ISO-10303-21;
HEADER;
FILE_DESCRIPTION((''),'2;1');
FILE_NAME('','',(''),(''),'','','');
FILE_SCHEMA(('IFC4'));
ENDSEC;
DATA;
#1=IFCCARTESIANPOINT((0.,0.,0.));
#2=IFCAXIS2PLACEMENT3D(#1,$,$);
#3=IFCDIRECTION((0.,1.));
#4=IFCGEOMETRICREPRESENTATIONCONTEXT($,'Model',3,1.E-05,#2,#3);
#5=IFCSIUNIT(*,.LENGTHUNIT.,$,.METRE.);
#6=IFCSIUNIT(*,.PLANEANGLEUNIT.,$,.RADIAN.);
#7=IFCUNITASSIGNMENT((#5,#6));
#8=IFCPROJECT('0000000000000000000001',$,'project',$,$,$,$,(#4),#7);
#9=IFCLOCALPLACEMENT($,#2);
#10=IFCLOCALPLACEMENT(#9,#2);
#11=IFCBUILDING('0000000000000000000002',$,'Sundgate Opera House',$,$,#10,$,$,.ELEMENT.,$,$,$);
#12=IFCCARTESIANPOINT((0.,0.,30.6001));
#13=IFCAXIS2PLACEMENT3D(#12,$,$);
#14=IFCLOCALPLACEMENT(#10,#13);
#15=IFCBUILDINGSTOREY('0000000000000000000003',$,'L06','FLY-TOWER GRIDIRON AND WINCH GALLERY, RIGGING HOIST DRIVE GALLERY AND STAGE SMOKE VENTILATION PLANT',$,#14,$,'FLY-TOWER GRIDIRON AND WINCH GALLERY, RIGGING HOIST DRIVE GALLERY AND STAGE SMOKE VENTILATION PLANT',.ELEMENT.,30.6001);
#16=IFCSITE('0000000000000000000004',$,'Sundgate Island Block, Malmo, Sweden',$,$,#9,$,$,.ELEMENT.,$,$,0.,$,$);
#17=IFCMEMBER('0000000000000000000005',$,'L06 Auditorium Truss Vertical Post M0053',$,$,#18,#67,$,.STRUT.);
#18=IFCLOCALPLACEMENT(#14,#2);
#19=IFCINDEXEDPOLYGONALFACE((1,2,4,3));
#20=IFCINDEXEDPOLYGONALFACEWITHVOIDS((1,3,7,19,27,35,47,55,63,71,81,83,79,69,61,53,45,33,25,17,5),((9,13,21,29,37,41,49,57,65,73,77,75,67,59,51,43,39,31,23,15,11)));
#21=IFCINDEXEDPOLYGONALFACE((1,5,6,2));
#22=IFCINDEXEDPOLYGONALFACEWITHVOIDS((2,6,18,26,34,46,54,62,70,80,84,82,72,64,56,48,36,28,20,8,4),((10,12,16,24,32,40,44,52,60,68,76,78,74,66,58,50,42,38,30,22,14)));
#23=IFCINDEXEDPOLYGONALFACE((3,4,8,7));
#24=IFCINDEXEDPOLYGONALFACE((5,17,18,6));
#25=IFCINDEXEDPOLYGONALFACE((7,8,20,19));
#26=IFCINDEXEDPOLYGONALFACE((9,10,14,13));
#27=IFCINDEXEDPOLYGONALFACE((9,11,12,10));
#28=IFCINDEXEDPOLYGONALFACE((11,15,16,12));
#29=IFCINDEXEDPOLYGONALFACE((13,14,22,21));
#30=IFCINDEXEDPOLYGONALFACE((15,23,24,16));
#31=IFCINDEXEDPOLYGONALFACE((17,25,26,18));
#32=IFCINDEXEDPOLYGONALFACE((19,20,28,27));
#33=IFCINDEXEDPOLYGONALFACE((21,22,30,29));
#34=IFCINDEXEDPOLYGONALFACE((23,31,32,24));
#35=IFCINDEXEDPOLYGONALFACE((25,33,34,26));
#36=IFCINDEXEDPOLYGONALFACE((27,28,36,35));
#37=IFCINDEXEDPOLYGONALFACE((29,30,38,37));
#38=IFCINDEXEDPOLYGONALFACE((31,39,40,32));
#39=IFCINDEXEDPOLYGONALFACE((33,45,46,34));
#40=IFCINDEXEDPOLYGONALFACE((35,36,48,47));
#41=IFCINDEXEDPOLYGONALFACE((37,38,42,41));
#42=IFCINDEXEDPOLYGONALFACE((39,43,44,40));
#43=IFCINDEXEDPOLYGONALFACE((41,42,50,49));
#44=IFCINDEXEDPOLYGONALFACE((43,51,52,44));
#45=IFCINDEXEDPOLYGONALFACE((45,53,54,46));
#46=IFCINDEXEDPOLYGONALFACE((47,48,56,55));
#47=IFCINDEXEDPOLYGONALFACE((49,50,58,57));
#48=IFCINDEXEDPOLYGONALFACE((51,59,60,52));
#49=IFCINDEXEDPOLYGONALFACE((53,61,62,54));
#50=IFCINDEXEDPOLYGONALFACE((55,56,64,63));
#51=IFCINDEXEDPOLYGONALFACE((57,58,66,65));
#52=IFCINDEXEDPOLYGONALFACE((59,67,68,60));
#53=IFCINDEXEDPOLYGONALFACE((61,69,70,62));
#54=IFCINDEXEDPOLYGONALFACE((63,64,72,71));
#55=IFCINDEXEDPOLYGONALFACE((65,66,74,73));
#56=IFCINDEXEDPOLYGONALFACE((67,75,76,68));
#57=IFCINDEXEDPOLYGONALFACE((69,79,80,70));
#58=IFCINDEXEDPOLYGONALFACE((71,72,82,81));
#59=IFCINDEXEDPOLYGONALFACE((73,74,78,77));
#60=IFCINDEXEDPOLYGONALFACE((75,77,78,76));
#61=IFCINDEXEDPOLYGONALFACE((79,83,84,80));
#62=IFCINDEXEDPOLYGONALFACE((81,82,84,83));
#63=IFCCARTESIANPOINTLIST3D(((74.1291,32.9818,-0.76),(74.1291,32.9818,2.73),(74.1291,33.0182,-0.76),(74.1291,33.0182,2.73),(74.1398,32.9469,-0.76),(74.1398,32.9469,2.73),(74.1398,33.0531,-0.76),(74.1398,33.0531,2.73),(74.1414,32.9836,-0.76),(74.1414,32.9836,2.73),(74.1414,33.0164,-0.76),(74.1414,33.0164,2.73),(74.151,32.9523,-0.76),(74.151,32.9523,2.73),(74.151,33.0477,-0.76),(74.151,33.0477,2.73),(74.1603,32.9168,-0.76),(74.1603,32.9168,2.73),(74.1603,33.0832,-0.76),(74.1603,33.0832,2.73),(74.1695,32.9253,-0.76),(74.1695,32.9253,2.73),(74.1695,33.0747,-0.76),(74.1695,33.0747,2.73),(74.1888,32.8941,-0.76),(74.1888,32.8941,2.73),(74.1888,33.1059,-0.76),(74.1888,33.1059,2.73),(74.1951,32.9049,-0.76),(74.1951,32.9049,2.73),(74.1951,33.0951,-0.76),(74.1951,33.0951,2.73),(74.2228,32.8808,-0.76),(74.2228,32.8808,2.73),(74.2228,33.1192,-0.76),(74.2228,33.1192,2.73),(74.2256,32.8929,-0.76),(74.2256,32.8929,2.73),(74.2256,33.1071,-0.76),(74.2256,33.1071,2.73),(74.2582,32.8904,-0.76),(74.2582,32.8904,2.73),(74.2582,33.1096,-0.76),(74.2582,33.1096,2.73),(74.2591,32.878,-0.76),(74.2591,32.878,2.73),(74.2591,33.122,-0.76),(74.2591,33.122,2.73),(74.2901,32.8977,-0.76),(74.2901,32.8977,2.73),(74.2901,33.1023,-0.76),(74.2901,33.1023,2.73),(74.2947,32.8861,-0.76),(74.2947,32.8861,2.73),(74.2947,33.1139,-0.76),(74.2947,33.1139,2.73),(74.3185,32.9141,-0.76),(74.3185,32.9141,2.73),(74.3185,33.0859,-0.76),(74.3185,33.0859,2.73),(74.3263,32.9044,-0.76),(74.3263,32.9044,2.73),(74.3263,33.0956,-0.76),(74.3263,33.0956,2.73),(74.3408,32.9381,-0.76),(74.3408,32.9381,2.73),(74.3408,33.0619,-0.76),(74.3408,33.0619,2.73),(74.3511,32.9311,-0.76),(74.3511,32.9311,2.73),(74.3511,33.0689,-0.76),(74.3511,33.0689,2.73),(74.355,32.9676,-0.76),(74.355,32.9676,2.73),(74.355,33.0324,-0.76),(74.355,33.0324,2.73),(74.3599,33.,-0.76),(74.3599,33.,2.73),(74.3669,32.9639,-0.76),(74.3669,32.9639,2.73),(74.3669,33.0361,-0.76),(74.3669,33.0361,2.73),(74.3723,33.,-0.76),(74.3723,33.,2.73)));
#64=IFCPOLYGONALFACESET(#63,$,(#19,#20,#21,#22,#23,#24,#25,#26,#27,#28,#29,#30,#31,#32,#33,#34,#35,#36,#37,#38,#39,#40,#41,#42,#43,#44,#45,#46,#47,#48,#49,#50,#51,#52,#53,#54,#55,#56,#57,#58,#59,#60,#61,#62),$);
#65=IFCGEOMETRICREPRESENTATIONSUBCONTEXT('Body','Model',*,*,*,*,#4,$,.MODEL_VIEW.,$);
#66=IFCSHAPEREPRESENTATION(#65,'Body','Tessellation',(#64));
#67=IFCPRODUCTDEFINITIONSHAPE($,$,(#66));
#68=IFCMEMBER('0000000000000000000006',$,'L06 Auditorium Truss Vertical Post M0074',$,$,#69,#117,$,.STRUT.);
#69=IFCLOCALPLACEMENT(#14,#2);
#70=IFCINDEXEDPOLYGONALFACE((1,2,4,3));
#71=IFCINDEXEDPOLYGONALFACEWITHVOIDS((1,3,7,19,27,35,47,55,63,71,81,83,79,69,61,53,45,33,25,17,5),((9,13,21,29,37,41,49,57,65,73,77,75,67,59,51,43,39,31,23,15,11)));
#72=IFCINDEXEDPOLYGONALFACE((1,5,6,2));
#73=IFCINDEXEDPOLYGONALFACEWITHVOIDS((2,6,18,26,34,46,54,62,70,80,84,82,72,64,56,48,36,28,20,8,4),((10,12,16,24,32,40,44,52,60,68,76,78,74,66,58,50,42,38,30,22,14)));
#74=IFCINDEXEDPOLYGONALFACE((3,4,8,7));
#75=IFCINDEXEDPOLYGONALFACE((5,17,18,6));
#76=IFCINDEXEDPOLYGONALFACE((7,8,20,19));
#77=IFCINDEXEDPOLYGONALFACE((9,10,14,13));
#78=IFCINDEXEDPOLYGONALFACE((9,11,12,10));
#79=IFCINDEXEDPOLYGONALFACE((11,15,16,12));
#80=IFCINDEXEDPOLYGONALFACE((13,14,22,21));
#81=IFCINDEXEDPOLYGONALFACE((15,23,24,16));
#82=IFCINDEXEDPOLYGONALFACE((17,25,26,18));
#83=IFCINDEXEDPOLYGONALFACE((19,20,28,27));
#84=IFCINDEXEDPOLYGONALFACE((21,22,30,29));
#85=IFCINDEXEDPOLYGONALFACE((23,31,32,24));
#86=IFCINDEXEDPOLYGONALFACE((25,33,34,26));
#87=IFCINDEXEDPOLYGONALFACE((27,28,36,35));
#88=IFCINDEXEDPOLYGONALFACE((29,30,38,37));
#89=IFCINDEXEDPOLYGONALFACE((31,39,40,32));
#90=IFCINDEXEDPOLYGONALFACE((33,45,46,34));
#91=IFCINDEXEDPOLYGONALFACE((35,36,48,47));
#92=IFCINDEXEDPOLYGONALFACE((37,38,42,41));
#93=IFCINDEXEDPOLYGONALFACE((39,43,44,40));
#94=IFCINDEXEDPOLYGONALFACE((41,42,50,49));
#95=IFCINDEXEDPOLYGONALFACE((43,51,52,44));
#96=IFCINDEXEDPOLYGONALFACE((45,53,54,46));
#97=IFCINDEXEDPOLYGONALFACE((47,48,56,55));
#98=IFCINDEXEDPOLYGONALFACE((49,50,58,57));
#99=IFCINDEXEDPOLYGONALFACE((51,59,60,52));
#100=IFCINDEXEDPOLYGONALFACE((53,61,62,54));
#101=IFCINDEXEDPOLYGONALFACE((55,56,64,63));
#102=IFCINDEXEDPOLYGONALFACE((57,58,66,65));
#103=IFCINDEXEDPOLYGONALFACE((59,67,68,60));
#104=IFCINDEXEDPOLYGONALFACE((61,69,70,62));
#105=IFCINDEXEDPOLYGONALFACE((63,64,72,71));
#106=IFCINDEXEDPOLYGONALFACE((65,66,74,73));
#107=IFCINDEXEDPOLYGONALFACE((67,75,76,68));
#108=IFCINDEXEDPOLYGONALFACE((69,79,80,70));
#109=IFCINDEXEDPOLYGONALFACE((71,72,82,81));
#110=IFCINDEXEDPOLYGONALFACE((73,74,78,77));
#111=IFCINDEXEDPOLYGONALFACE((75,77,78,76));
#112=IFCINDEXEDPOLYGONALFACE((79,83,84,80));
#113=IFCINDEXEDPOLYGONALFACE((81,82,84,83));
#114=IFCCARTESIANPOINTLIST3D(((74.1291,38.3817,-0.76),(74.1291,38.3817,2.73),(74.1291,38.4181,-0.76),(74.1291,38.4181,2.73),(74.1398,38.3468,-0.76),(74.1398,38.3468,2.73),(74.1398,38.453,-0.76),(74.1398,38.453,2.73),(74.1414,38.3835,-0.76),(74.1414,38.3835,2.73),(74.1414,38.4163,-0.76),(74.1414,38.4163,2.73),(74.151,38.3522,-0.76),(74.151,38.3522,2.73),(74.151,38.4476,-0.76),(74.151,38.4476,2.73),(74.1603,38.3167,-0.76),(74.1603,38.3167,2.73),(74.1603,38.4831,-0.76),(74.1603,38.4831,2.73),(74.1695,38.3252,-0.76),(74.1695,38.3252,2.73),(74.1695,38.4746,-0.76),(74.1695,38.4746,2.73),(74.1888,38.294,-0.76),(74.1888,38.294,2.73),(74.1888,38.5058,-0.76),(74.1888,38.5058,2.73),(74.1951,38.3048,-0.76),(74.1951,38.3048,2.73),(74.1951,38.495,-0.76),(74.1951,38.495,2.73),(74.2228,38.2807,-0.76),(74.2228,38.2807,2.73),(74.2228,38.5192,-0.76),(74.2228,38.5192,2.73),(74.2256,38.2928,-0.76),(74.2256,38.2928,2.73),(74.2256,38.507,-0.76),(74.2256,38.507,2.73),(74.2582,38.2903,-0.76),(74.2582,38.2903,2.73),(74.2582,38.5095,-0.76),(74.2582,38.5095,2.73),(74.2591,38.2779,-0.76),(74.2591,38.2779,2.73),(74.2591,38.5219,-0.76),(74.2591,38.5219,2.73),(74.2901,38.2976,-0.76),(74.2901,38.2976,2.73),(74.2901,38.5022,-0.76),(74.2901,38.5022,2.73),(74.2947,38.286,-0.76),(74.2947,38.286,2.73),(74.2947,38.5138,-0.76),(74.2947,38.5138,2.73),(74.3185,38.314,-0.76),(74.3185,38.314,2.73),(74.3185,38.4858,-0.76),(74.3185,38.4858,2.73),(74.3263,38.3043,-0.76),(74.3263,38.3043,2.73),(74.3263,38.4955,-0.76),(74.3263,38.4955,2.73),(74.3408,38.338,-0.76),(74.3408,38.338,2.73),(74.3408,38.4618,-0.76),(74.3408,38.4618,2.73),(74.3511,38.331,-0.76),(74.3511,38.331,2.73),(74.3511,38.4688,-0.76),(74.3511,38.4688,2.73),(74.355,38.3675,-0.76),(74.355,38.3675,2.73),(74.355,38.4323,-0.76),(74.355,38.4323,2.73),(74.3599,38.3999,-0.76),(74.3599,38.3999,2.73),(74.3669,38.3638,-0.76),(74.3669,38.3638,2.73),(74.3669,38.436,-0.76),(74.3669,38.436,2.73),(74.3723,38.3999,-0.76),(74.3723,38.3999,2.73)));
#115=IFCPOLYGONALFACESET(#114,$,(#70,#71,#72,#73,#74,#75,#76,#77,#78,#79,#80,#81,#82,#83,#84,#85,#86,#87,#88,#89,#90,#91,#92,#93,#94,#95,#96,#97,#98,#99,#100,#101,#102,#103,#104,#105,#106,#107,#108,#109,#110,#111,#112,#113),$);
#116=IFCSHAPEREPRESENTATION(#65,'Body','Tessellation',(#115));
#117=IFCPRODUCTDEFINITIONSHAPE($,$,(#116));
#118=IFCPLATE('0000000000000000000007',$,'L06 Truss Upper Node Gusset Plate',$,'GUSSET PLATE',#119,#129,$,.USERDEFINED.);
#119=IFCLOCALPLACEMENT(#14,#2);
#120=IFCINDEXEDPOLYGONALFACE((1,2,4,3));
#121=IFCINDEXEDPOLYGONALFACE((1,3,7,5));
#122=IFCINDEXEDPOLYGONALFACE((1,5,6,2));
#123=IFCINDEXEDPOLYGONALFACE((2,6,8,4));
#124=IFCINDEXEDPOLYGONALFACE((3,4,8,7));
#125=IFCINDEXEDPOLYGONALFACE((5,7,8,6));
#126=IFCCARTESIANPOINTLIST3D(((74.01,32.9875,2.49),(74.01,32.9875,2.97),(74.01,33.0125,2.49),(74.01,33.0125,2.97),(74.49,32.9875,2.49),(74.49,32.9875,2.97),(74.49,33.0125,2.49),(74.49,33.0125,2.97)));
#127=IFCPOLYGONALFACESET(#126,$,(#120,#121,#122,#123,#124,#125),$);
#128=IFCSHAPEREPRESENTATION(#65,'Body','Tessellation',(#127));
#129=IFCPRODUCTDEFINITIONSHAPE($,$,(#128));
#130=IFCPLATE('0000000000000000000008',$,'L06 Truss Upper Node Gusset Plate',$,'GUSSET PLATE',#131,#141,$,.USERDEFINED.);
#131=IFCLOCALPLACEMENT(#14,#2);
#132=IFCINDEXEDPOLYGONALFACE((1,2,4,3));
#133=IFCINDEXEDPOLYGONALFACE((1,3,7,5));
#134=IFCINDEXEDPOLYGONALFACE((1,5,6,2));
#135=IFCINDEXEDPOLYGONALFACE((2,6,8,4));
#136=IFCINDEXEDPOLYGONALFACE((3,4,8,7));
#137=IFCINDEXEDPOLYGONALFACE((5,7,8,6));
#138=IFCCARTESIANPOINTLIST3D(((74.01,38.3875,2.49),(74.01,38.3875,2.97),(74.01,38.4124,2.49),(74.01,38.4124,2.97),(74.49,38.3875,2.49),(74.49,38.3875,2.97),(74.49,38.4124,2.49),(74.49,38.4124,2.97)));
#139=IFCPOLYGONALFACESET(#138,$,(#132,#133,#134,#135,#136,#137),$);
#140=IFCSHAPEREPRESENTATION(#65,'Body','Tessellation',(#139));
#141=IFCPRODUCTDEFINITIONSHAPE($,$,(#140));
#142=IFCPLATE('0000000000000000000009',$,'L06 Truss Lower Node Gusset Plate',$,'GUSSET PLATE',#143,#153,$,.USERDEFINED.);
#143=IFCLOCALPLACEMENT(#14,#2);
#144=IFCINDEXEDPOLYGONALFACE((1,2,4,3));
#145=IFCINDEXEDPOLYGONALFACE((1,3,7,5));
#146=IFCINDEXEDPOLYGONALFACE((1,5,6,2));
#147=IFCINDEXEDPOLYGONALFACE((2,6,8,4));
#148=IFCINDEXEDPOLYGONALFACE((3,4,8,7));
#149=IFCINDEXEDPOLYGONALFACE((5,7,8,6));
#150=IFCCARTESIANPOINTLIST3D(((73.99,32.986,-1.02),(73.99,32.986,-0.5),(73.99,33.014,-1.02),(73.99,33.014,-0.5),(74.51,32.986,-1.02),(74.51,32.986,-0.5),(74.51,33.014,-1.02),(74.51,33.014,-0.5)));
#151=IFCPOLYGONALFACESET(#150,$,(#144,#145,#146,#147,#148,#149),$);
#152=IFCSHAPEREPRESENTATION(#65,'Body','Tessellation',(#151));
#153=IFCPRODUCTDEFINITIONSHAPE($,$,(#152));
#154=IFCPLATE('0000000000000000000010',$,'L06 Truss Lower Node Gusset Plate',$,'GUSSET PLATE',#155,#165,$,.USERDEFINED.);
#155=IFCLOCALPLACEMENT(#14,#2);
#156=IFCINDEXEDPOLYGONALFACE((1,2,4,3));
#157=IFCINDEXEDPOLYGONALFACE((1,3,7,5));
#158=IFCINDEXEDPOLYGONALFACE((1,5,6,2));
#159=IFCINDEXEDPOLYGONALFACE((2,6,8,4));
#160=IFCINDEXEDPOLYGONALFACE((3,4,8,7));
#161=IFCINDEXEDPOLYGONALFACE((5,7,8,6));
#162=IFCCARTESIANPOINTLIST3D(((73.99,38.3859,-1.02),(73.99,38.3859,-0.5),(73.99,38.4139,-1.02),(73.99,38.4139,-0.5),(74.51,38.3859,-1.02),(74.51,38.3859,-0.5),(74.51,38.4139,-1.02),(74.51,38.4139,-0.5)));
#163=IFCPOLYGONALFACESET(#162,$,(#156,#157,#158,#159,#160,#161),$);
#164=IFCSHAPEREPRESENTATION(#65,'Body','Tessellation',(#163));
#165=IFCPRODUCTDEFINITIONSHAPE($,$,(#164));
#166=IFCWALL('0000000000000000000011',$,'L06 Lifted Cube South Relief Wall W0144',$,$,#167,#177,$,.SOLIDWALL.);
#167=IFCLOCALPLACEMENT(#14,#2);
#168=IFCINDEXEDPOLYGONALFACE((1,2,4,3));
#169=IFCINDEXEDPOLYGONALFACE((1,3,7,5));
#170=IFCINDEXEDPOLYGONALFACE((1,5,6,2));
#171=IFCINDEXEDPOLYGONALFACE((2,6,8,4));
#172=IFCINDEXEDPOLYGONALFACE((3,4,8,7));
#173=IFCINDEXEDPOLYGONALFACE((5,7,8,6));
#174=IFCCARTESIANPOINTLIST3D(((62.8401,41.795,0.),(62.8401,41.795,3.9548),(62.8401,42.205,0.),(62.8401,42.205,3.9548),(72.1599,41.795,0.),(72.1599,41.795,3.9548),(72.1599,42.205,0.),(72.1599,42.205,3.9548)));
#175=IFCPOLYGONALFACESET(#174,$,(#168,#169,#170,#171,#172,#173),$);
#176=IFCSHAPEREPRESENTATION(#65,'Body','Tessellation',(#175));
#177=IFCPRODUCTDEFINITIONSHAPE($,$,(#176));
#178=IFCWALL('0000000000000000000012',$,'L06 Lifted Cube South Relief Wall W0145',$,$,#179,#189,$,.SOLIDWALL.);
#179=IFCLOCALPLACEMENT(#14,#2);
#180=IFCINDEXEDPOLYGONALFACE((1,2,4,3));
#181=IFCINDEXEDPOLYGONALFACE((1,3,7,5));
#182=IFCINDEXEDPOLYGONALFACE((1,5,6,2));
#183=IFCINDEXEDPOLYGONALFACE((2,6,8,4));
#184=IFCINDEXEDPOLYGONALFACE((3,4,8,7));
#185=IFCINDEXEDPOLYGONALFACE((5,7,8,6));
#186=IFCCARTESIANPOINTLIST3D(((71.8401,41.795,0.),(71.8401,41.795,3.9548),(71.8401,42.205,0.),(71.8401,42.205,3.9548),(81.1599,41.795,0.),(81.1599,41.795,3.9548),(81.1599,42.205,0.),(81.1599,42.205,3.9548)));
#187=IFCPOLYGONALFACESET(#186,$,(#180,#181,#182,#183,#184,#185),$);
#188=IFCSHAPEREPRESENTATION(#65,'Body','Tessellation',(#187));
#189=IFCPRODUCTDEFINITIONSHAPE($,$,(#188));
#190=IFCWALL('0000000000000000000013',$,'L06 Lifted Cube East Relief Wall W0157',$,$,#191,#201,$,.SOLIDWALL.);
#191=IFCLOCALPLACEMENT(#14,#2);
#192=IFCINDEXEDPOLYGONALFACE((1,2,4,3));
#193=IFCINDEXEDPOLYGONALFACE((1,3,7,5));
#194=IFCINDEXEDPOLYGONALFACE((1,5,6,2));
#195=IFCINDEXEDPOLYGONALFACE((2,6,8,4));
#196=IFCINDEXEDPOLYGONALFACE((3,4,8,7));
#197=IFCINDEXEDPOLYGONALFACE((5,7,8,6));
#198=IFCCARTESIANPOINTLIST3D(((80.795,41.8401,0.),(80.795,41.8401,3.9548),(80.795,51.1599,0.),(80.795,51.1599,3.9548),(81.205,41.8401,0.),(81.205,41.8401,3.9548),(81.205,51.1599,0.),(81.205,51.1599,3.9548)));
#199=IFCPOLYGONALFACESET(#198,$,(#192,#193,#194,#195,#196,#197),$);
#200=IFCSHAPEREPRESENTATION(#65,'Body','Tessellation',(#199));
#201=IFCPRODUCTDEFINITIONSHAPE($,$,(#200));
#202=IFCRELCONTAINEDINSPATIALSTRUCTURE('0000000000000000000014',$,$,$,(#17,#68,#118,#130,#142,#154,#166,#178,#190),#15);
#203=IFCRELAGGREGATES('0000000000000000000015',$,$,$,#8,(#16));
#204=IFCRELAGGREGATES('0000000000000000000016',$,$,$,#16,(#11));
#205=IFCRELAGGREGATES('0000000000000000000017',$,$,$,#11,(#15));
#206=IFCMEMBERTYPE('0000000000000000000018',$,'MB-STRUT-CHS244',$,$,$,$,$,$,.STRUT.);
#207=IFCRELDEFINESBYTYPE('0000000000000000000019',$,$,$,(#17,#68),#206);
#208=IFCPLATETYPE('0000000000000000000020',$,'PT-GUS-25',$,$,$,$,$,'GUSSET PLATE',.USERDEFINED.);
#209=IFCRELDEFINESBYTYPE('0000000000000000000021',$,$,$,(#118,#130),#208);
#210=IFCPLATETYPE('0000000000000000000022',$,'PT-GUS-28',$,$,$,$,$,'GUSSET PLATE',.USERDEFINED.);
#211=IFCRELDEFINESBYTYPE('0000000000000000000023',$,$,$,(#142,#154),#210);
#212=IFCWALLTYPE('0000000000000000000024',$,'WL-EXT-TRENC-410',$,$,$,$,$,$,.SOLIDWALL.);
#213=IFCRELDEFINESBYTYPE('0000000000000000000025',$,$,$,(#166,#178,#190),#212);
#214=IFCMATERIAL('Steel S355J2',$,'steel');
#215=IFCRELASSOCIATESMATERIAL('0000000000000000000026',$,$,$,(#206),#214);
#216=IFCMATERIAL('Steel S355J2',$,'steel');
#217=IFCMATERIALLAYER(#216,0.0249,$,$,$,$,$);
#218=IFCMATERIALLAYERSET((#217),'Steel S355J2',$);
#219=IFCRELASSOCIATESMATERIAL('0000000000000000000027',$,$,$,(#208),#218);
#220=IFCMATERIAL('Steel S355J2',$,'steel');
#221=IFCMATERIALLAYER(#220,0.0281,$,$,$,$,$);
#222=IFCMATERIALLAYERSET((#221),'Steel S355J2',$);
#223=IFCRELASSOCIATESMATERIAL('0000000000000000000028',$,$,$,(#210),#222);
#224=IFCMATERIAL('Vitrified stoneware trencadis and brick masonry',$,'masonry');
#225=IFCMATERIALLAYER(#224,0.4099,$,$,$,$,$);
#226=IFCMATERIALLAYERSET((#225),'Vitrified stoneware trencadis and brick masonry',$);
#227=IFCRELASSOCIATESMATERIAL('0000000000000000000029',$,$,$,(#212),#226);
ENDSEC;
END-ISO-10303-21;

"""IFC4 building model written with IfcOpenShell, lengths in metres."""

from ifc_helpers import new_model, si_unit, direction, frame, frame_2d, origin, origin_2d, place, context, subcontext, project, spatial, rectangle, hollow_circle, extrude, material, layer, layer_set, material_profile, profile_set, type_object, element, save


model = new_model("IFC4")

# Units and contexts
model_context = context("Model", 3, precision=1e-05, world=origin(), true_north=direction((0.0, 1.0)))
body_context = subcontext(model_context, "Body", "Model", "MODEL_VIEW")
ifc_project = project(units=[si_unit("LENGTHUNIT", "METRE"), si_unit("PLANEANGLEUNIT", "RADIAN")], contexts=[model_context])

# Site, building, storey
site_placement = place(None, origin())
site = spatial("IfcSite", under=ifc_project, at=site_placement, Name="Sundgate Island Block, Malmo, Sweden", CompositionType="ELEMENT", RefElevation=0.0)
building_placement = place(site_placement, origin())
building = spatial("IfcBuilding", under=site, at=building_placement, Name="Sundgate Opera House", CompositionType="ELEMENT")
storey_placement = place(building_placement, frame((0.0, 0.0, 30.6001)))
storey = spatial("IfcBuildingStorey", under=building, at=storey_placement, Name="L06", Description="FLY-TOWER GRIDIRON AND WINCH GALLERY, RIGGING HOIST DRIVE GALLERY AND STAGE SMOKE VENTILATION PLANT", LongName="FLY-TOWER GRIDIRON AND WINCH GALLERY, RIGGING HOIST DRIVE GALLERY AND STAGE SMOKE VENTILATION PLANT", CompositionType="ELEMENT", Elevation=30.6001)

# Members
ifc_material_1 = material(Name="Steel S355J2", Category="steel")
ifc_material_profile_1 = material_profile(ifc_material_1, hollow_circle(Radius=0.1223, WallThickness=0.0125, at=origin_2d()), Name="CHS 244.5x12.5")
ifc_profile_set_1 = profile_set([ifc_material_profile_1], Name="Steel S355J2")
member_type_1 = type_object("IfcMemberType", Name="MB-STRUT-CHS244", PredefinedType="STRUT", material=ifc_profile_set_1)
for number, where, z_axis, x_axis, name in (
    (1, (74.25, 33.0, -0.76), (0.0, 0.0, 1.0), (1.0, 0.0, 0.0), "L06 Auditorium Truss Vertical Post M0053"),
    (2, (74.25, 38.3999, -0.76), (0.0, 0.0, 1.0), (1.0, 0.0, 0.0), "L06 Auditorium Truss Vertical Post M0074"),
):
    element("IfcMember", number, at=place(storey_placement, frame(where, z_axis=z_axis, x_axis=x_axis)), inside=storey, type_object=member_type_1, Name=name, PredefinedType="STRUT", context=body_context, shape_type="SweptSolid", body=[
        extrude(hollow_circle(Radius=0.1223, WallThickness=0.0125, at=origin_2d()), origin(), (0.0, 0.0, 1.0), 3.49),
    ])

# Plates
ifc_material_2 = material(Name="Steel S355J2", Category="steel")
ifc_layer_1 = layer(ifc_material_2, 0.0249)
ifc_layer_set_1 = layer_set([ifc_layer_1], Name="Steel S355J2")
plate_type_1 = type_object("IfcPlateType", Name="PT-GUS-25", ElementType="GUSSET PLATE", PredefinedType="USERDEFINED", material=ifc_layer_set_1)
for number, where, z_axis, x_axis, name in (
    (3, (74.25, 33.0, 2.49), (0.0, 0.0, 1.0), (1.0, 0.0, 0.0), "L06 Truss Upper Node Gusset Plate"),
    (4, (74.25, 38.3999, 2.49), (0.0, 0.0, 1.0), (1.0, 0.0, 0.0), "L06 Truss Upper Node Gusset Plate"),
):
    element("IfcPlate", number, at=place(storey_placement, frame(where, z_axis=z_axis, x_axis=x_axis)), inside=storey, type_object=plate_type_1, Name=name, ObjectType="GUSSET PLATE", PredefinedType="USERDEFINED", context=body_context, shape_type="SweptSolid", body=[
        extrude(rectangle(XDim=0.48, YDim=0.0249, at=origin_2d()), origin(), (0.0, 0.0, 1.0), 0.48),
    ])
ifc_material_3 = material(Name="Steel S355J2", Category="steel")
ifc_layer_2 = layer(ifc_material_3, 0.0281)
ifc_layer_set_2 = layer_set([ifc_layer_2], Name="Steel S355J2")
plate_type_2 = type_object("IfcPlateType", Name="PT-GUS-28", ElementType="GUSSET PLATE", PredefinedType="USERDEFINED", material=ifc_layer_set_2)
for number, where, z_axis, x_axis, name in (
    (5, (74.25, 33.0, -1.02), (0.0, 0.0, 1.0), (1.0, 0.0, 0.0), "L06 Truss Lower Node Gusset Plate"),
    (6, (74.25, 38.3999, -1.02), (0.0, 0.0, 1.0), (1.0, 0.0, 0.0), "L06 Truss Lower Node Gusset Plate"),
):
    element("IfcPlate", number, at=place(storey_placement, frame(where, z_axis=z_axis, x_axis=x_axis)), inside=storey, type_object=plate_type_2, Name=name, ObjectType="GUSSET PLATE", PredefinedType="USERDEFINED", context=body_context, shape_type="SweptSolid", body=[
        extrude(rectangle(XDim=0.52, YDim=0.0281, at=origin_2d()), origin(), (0.0, 0.0, 1.0), 0.52),
    ])

# Walls
ifc_material_4 = material(Name="Vitrified stoneware trencadis and brick masonry", Category="masonry")
ifc_layer_3 = layer(ifc_material_4, 0.4099)
ifc_layer_set_3 = layer_set([ifc_layer_3], Name="Vitrified stoneware trencadis and brick masonry")
wall_type_1 = type_object("IfcWallType", Name="WL-EXT-TRENC-410", PredefinedType="SOLIDWALL", material=ifc_layer_set_3)
for number, where, z_axis, x_axis, name in (
    (7, (72.1599, 42.0, 0.0), (0.0, 0.0, 1.0), (-1.0, 0.0, 0.0), "L06 Lifted Cube South Relief Wall W0144"),
    (8, (81.1599, 42.0, 0.0), (0.0, 0.0, 1.0), (-1.0, 0.0, 0.0), "L06 Lifted Cube South Relief Wall W0145"),
    (9, (81.0, 41.8401, 0.0), (0.0, 0.0, 1.0), (0.0, 1.0, 0.0), "L06 Lifted Cube East Relief Wall W0157"),
):
    element("IfcWall", number, at=place(storey_placement, frame(where, z_axis=z_axis, x_axis=x_axis)), inside=storey, type_object=wall_type_1, Name=name, PredefinedType="SOLIDWALL", context=body_context, shape_type="SweptSolid", body=[
        extrude(rectangle(XDim=9.3198, YDim=0.4099, at=frame_2d((4.6599, 0.0))), origin(), (0.0, 0.0, 1.0), 3.9548),
    ])

save(model, "model.ifc")
